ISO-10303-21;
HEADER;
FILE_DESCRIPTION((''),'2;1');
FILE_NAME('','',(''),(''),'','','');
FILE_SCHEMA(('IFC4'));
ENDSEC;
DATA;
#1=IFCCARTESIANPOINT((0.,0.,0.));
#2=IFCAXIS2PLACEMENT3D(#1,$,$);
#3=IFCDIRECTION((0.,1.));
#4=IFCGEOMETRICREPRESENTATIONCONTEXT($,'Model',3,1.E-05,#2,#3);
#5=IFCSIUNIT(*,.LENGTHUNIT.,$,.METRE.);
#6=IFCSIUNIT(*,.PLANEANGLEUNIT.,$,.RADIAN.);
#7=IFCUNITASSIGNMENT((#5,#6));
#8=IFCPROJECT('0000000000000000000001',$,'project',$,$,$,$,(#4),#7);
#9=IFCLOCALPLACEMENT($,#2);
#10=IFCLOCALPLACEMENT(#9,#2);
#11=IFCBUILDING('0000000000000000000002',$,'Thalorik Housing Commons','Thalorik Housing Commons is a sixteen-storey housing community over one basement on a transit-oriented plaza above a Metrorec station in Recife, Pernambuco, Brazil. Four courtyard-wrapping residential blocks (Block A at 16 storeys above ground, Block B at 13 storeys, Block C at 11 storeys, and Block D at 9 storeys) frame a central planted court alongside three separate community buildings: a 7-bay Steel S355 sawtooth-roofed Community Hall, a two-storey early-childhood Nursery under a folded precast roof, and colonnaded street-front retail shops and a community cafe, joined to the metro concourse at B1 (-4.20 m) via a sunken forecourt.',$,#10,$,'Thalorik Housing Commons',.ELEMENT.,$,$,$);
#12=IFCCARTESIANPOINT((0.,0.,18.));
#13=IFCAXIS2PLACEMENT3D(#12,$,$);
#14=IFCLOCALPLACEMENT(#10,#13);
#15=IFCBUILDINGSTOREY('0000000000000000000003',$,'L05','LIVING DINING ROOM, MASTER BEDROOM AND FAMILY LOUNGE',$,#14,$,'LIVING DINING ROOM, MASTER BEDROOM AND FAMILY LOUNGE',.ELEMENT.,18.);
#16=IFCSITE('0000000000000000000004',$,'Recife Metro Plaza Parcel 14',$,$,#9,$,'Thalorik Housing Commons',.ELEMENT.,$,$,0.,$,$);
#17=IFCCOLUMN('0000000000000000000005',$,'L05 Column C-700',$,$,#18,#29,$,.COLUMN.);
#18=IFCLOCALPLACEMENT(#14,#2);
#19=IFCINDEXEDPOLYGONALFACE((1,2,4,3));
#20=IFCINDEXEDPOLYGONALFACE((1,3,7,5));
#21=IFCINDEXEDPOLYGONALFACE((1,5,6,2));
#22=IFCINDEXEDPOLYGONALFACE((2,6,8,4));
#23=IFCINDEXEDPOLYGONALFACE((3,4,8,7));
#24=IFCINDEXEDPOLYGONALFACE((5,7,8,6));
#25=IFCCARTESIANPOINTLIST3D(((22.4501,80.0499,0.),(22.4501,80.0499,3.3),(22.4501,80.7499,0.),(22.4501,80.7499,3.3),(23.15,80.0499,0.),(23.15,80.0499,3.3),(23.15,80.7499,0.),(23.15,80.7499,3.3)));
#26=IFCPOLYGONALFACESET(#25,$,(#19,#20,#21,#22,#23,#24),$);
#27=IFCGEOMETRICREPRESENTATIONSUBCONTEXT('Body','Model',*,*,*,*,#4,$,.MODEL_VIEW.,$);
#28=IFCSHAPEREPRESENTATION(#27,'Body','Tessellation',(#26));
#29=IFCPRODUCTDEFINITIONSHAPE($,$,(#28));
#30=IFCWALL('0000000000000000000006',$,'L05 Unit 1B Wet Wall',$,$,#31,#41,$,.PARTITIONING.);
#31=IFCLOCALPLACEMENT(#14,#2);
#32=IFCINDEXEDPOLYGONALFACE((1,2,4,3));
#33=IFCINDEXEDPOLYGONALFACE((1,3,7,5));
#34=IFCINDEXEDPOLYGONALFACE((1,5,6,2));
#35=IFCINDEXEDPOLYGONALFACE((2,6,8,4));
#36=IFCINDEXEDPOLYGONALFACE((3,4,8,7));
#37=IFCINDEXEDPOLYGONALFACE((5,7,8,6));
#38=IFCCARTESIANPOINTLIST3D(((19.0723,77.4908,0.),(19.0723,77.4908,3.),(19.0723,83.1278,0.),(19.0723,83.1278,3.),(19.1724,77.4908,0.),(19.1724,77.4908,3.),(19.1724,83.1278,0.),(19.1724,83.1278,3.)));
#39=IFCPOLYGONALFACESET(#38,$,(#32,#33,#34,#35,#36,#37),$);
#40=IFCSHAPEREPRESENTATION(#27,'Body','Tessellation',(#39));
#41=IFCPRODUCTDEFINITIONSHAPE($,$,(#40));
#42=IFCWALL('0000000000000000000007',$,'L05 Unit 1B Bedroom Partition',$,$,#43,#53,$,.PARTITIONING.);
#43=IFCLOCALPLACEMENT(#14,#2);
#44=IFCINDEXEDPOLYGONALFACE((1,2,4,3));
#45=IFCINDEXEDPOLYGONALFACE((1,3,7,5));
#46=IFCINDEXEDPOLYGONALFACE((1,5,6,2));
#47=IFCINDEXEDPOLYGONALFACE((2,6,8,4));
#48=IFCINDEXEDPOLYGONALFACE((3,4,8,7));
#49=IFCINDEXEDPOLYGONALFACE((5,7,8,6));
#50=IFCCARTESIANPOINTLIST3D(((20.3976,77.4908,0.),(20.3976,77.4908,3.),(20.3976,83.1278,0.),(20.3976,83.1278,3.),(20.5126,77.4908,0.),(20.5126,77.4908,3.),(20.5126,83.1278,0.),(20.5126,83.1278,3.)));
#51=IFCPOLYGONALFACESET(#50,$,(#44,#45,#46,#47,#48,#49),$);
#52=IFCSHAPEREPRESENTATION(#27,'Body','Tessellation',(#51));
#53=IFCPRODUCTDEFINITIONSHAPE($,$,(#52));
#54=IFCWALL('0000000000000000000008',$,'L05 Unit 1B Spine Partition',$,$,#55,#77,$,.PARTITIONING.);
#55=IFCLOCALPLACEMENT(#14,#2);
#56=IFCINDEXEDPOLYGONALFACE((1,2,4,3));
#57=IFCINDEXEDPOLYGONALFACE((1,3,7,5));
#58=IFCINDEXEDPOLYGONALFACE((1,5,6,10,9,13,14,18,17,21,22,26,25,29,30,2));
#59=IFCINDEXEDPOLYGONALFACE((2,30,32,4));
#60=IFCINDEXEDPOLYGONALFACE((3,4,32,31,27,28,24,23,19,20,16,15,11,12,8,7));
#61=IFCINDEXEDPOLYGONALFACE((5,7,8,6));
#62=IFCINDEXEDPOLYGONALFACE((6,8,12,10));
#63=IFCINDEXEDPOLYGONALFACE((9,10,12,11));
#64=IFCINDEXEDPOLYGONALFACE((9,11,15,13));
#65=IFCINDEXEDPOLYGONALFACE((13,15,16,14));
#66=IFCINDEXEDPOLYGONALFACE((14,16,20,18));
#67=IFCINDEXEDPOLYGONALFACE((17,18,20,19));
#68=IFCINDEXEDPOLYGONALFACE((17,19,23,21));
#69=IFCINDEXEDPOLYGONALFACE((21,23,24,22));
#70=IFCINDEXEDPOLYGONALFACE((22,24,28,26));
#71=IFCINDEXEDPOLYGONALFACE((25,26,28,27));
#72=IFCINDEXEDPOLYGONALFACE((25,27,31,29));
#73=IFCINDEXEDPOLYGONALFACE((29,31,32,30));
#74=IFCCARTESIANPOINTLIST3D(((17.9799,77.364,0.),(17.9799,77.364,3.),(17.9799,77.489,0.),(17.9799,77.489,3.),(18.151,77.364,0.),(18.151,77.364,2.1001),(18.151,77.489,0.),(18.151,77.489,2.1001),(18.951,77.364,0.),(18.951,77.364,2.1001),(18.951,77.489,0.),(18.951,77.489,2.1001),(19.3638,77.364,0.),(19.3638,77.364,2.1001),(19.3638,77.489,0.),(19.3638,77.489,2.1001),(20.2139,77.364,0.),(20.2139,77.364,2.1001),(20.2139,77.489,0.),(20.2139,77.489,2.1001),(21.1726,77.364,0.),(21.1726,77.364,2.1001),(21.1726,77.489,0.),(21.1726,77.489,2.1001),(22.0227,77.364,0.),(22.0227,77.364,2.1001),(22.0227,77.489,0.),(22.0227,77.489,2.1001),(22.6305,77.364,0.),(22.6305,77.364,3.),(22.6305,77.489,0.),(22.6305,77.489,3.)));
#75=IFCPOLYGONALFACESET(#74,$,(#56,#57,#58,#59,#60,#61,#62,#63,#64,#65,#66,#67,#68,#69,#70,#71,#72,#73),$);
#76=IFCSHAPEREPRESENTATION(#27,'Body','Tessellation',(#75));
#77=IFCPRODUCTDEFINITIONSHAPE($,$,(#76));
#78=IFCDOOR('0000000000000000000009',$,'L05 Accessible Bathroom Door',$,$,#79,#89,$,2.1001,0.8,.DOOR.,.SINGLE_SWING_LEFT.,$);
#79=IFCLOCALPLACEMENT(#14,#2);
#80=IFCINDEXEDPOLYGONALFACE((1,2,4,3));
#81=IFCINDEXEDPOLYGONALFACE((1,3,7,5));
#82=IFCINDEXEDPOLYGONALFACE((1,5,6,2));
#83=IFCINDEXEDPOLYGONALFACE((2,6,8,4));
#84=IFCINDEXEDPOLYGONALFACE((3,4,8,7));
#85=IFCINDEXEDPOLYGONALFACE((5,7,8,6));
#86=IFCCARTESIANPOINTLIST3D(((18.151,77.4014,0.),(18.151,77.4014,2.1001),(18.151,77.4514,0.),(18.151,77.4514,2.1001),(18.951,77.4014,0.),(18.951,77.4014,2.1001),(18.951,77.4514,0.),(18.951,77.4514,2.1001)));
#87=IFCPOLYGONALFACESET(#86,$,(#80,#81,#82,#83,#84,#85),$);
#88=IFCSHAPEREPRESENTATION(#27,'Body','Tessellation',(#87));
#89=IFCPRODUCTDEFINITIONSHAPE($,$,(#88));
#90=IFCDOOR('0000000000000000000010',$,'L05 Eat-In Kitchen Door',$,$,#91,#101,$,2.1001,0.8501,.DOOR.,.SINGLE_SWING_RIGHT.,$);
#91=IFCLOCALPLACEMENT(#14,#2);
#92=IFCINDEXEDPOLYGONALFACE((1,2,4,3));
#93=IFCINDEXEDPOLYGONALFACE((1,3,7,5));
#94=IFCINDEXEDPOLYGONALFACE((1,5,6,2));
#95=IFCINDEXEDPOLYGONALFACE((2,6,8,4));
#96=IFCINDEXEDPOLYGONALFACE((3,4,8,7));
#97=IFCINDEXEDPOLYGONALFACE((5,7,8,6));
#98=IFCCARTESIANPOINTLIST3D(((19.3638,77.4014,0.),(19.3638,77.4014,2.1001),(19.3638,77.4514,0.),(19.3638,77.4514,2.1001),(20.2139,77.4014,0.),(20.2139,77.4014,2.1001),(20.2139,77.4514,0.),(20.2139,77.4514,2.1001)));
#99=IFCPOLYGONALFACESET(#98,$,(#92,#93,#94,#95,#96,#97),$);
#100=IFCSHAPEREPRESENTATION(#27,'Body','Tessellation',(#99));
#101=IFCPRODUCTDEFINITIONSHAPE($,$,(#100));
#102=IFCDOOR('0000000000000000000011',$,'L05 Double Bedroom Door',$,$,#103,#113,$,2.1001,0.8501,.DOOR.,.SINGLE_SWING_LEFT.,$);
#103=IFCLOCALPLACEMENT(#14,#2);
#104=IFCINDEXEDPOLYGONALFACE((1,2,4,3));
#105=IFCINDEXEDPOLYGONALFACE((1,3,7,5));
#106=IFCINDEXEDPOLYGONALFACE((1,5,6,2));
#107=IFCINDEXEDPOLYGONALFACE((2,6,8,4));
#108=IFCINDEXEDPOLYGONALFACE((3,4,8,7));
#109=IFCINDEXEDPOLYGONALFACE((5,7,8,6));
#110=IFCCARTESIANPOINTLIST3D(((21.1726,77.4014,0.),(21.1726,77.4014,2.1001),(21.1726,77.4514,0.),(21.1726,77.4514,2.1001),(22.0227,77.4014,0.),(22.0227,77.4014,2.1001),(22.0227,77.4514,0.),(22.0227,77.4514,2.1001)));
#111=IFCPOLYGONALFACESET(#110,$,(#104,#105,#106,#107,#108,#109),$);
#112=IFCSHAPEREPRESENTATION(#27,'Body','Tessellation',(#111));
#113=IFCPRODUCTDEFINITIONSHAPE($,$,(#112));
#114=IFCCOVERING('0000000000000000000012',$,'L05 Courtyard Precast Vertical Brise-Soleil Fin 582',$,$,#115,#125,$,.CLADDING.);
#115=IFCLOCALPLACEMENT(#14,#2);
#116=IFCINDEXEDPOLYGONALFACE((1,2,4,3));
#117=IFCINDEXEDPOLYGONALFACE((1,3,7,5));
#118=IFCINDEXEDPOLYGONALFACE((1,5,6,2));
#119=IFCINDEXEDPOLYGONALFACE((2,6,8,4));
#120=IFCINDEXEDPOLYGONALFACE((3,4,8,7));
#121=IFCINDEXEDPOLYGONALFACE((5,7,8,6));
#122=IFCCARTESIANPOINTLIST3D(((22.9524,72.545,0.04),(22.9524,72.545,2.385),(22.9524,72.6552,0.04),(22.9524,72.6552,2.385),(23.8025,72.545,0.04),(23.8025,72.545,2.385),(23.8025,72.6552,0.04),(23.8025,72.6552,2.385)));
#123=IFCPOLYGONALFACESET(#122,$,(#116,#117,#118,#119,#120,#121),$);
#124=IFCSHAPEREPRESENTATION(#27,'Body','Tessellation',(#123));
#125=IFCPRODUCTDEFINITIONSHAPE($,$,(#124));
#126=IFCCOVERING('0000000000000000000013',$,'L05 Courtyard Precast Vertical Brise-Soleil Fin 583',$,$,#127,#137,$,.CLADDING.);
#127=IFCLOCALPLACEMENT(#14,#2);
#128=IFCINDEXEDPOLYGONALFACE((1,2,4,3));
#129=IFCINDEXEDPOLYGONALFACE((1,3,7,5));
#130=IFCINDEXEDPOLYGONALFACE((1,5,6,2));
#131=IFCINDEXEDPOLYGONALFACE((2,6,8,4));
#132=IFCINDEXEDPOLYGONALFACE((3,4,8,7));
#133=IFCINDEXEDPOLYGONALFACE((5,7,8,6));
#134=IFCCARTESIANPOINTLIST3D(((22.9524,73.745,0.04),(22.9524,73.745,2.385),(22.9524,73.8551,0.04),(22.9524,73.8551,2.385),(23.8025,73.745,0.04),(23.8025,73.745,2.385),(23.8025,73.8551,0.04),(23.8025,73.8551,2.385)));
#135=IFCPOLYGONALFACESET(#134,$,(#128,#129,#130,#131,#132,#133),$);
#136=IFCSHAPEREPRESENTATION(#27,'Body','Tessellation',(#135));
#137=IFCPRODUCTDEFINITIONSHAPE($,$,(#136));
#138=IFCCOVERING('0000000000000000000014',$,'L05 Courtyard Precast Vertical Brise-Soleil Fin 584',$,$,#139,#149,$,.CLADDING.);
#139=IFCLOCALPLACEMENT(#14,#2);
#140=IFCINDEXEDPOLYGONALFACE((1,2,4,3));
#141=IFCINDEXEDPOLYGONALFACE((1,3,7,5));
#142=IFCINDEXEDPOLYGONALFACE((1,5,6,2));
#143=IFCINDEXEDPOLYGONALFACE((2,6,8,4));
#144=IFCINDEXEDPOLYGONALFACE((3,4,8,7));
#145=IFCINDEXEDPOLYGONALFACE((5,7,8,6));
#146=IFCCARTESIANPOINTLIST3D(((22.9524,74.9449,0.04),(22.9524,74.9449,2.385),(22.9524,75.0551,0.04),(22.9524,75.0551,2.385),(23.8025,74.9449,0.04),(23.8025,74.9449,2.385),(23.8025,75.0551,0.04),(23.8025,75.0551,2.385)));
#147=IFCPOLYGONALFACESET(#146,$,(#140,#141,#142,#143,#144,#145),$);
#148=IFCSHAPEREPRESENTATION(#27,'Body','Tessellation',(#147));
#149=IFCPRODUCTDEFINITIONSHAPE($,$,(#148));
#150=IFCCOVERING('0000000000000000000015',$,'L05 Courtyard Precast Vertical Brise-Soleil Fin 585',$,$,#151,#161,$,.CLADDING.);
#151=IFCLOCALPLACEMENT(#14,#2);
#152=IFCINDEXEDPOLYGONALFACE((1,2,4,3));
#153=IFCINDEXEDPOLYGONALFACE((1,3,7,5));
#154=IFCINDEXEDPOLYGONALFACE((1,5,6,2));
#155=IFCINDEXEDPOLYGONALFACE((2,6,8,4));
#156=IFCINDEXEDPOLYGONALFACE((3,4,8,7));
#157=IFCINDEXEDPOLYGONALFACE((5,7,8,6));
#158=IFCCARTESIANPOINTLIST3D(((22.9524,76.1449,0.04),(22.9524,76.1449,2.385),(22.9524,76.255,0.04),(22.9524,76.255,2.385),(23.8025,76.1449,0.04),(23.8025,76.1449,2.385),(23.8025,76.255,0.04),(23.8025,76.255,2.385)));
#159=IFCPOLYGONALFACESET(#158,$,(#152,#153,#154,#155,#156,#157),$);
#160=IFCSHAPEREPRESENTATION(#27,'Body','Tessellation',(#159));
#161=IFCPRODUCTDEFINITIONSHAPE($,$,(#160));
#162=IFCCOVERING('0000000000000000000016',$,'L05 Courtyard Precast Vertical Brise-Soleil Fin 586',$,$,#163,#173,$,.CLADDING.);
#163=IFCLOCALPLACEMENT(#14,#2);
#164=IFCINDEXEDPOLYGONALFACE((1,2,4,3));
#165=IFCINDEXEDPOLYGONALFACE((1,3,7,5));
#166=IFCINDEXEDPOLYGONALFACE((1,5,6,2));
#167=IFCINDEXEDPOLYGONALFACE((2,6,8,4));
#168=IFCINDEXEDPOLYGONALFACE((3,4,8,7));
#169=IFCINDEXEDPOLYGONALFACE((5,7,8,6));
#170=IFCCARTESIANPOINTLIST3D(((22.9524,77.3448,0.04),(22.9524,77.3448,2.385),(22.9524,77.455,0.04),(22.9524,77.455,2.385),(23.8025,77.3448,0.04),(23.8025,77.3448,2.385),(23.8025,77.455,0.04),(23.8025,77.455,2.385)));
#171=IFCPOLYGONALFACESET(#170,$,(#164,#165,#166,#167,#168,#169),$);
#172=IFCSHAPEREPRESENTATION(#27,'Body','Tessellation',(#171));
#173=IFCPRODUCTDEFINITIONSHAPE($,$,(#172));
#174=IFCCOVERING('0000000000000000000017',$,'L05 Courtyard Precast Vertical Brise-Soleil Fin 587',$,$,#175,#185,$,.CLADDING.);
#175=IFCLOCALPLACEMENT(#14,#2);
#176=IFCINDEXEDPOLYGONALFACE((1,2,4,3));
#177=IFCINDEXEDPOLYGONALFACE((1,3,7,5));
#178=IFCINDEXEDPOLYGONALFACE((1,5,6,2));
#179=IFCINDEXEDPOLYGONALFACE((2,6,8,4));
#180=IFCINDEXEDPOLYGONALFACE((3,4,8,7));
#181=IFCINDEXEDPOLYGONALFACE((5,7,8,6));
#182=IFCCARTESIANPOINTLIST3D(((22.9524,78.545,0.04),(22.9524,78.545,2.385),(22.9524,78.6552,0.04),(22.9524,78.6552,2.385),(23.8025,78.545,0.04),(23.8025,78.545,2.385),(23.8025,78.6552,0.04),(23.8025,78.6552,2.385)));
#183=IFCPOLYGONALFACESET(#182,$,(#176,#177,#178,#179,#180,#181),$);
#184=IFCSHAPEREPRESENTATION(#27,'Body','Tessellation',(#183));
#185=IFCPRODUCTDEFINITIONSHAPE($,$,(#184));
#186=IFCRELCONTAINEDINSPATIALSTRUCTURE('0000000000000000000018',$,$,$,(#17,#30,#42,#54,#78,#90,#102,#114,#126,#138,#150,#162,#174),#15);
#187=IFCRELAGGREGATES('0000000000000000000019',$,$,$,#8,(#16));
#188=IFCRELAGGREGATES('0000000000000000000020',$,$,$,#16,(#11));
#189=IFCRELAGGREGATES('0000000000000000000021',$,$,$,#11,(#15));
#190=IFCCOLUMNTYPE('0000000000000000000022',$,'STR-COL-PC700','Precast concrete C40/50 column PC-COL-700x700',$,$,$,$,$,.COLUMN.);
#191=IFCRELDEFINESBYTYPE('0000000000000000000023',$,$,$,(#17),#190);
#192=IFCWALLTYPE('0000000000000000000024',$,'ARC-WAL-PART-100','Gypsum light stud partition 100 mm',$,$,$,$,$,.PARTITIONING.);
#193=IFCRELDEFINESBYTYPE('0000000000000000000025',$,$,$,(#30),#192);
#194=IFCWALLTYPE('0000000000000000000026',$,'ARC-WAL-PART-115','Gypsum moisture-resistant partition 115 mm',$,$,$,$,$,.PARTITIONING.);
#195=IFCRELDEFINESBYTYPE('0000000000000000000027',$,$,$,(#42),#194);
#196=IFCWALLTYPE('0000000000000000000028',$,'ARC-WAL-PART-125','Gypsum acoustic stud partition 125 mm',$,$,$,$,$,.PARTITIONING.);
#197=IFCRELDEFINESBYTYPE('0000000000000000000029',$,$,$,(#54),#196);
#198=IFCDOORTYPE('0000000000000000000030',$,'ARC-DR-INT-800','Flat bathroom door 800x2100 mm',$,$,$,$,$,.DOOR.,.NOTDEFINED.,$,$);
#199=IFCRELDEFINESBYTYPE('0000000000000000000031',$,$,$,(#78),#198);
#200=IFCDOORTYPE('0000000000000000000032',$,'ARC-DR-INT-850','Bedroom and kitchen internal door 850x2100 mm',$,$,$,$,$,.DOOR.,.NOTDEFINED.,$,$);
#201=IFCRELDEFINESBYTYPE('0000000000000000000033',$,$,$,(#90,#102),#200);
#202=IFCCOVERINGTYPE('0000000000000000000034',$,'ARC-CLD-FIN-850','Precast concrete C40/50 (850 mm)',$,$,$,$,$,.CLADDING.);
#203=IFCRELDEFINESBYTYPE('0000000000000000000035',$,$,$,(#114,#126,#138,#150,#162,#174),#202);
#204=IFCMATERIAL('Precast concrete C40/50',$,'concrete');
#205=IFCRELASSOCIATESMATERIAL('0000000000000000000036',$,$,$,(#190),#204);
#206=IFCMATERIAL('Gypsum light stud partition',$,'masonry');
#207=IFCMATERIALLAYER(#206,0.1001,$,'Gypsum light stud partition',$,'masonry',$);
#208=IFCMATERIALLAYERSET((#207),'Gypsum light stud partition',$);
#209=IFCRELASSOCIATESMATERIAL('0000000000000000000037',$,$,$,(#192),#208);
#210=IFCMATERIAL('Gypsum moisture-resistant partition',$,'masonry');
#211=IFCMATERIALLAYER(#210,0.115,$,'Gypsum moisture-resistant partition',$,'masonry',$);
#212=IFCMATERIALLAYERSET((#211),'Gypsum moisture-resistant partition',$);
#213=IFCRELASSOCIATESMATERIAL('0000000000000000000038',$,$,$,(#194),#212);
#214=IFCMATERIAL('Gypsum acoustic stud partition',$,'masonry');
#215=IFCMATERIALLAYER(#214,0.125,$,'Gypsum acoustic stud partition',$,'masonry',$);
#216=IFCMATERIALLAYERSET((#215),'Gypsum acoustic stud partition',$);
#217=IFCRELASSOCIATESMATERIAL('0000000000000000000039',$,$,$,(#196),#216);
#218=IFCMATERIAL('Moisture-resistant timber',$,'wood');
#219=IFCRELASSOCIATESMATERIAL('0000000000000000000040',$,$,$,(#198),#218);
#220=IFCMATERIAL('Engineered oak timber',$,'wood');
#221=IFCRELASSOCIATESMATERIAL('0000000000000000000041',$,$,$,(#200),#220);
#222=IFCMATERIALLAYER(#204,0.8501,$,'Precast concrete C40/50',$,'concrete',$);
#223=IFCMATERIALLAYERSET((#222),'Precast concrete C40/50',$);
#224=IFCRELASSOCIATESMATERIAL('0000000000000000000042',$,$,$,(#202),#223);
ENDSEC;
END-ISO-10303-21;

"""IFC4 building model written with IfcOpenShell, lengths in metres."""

from ifc_helpers import new_model, si_unit, direction, frame, frame_2d, origin, origin_2d, place, context, subcontext, project, spatial, rectangle, extrude, material, layer, layer_set, material_profile, profile_set, type_object, element, fill, save


model = new_model("IFC4")

# Units and contexts
model_context = context("Model", 3, precision=1e-05, world=origin(), true_north=direction((0.0, 1.0)))
body_context = subcontext(model_context, "Body", "Model", "MODEL_VIEW")
ifc_project = project(units=[si_unit("LENGTHUNIT", "METRE"), si_unit("PLANEANGLEUNIT", "RADIAN")], contexts=[model_context])

# Site, building, storey
site_placement = place(None, origin())
site = spatial("IfcSite", under=ifc_project, at=site_placement, Name="Recife Metro Plaza Parcel 14", LongName="Thalorik Housing Commons", CompositionType="ELEMENT", RefElevation=0.0)
building_placement = place(site_placement, origin())
building = spatial("IfcBuilding", under=site, at=building_placement, Name="Thalorik Housing Commons", Description="Thalorik Housing Commons is a sixteen-storey housing community over one basement on a transit-oriented plaza above a Metrorec station in Recife, Pernambuco, Brazil. Four courtyard-wrapping residential blocks (Block A at 16 storeys above ground, Block B at 13 storeys, Block C at 11 storeys, and Block D at 9 storeys) frame a central planted court alongside three separate community buildings: a 7-bay Steel S355 sawtooth-roofed Community Hall, a two-storey early-childhood Nursery under a folded precast roof, and colonnaded street-front retail shops and a community cafe, joined to the metro concourse at B1 (-4.20 m) via a sunken forecourt.", LongName="Thalorik Housing Commons", CompositionType="ELEMENT")
storey_placement = place(building_placement, frame((0.0, 0.0, 18.0)))
storey = spatial("IfcBuildingStorey", under=building, at=storey_placement, Name="L05", Description="LIVING DINING ROOM, MASTER BEDROOM AND FAMILY LOUNGE", LongName="LIVING DINING ROOM, MASTER BEDROOM AND FAMILY LOUNGE", CompositionType="ELEMENT", Elevation=18.0)

# Column
ifc_material_1 = material(Name="Precast concrete C40/50", Category="concrete")
ifc_material_profile = material_profile(ifc_material_1, rectangle(XDim=0.7, YDim=0.7, at=origin_2d()), Name="PC 700x700", Category="concrete")
ifc_profile_set = profile_set([ifc_material_profile], Name="Precast concrete C40/50")
column_type = type_object("IfcColumnType", Name="STR-COL-PC700", Description="Precast concrete C40/50 column PC-COL-700x700", PredefinedType="COLUMN", material=ifc_profile_set)
column_placement = place(storey_placement, frame((22.8, 80.3999, 0.0), z_axis=(0.0, 0.0, 1.0), x_axis=(1.0, 0.0, 0.0)))
element("IfcColumn", 1, at=column_placement, inside=storey, type_object=column_type, Name="L05 Column C-700", PredefinedType="COLUMN", context=body_context, shape_type="SweptSolid", body=[
    extrude(rectangle(XDim=0.7, YDim=0.7, at=origin_2d()), origin(), (0.0, 0.0, 1.0), 3.3),
])

# Walls
ifc_material_2 = material(Name="Gypsum light stud partition", Category="masonry")
ifc_layer_1 = layer(ifc_material_2, 0.1001, Name="Gypsum light stud partition", Category="masonry")
ifc_layer_set_1 = layer_set([ifc_layer_1], Name="Gypsum light stud partition")
wall_type_1 = type_object("IfcWallType", Name="ARC-WAL-PART-100", Description="Gypsum light stud partition 100 mm", PredefinedType="PARTITIONING", material=ifc_layer_set_1)
wall_1_placement = place(storey_placement, frame((19.1223, 77.491, 0.0), z_axis=(0.0, 0.0, 1.0), x_axis=(0.0, 1.0, 0.0)))
element("IfcWall", 2, at=wall_1_placement, inside=storey, type_object=wall_type_1, Name="L05 Unit 1B Wet Wall", PredefinedType="PARTITIONING", context=body_context, shape_type="SweptSolid", body=[
    extrude(rectangle(XDim=5.637, YDim=0.1001, at=frame_2d((2.8184, 0.0))), origin(), (0.0, 0.0, 1.0), 3.0),
])
ifc_material_3 = material(Name="Gypsum moisture-resistant partition", Category="masonry")
ifc_layer_2 = layer(ifc_material_3, 0.115, Name="Gypsum moisture-resistant partition", Category="masonry")
ifc_layer_set_2 = layer_set([ifc_layer_2], Name="Gypsum moisture-resistant partition")
wall_type_2 = type_object("IfcWallType", Name="ARC-WAL-PART-115", Description="Gypsum moisture-resistant partition 115 mm", PredefinedType="PARTITIONING", material=ifc_layer_set_2)
wall_2_placement = place(storey_placement, frame((20.4551, 77.491, 0.0), z_axis=(0.0, 0.0, 1.0), x_axis=(0.0, 1.0, 0.0)))
element("IfcWall", 3, at=wall_2_placement, inside=storey, type_object=wall_type_2, Name="L05 Unit 1B Bedroom Partition", PredefinedType="PARTITIONING", context=body_context, shape_type="SweptSolid", body=[
    extrude(rectangle(XDim=5.637, YDim=0.115, at=frame_2d((2.8184, 0.0))), origin(), (0.0, 0.0, 1.0), 3.0),
])

# Wall, openings, doors
ifc_material_4 = material(Name="Gypsum acoustic stud partition", Category="masonry")
ifc_layer_3 = layer(ifc_material_4, 0.125, Name="Gypsum acoustic stud partition", Category="masonry")
ifc_layer_set_3 = layer_set([ifc_layer_3], Name="Gypsum acoustic stud partition")
wall_type_3 = type_object("IfcWallType", Name="ARC-WAL-PART-125", Description="Gypsum acoustic stud partition 125 mm", PredefinedType="PARTITIONING", material=ifc_layer_set_3)
wall_3_placement = place(storey_placement, frame((17.98, 77.4265, 0.0), z_axis=(0.0, 0.0, 1.0), x_axis=(1.0, 0.0, 0.0)))
wall_3 = element("IfcWall", 4, at=wall_3_placement, inside=storey, type_object=wall_type_3, Name="L05 Unit 1B Spine Partition", PredefinedType="PARTITIONING", context=body_context, shape_type="SweptSolid", body=[
    extrude(rectangle(XDim=4.6506, YDim=0.125, at=frame_2d((2.3252, 0.0))), origin(), (0.0, 0.0, 1.0), 3.0),
])
opening_1_placement = place(wall_3_placement, frame((0.1711, 0.0, 0.0)))
opening_1 = element("IfcOpeningElement", 5, at=opening_1_placement, cuts=wall_3, PredefinedType="OPENING", context=body_context, shape_type="SweptSolid", body=[
    extrude(rectangle(XDim=0.8, YDim=2.1001, at=frame_2d((0.3999, 1.05))), frame((0.0, 0.0725, 0.0), z_axis=(0.0, -1.0, 0.0), x_axis=(1.0, 0.0, 0.0)), (0.0, 0.0, 1.0), 0.145),
])
opening_2_placement = place(wall_3_placement, frame((1.3838, 0.0, 0.0)))
opening_2 = element("IfcOpeningElement", 6, at=opening_2_placement, cuts=wall_3, PredefinedType="OPENING", context=body_context, shape_type="SweptSolid", body=[
    extrude(rectangle(XDim=0.8501, YDim=2.1001, at=frame_2d((0.425, 1.05))), frame((0.0, 0.0725, 0.0), z_axis=(0.0, -1.0, 0.0), x_axis=(1.0, 0.0, 0.0)), (0.0, 0.0, 1.0), 0.145),
])
opening_3_placement = place(wall_3_placement, frame((3.1926, 0.0, 0.0)))
opening_3 = element("IfcOpeningElement", 7, at=opening_3_placement, cuts=wall_3, PredefinedType="OPENING", context=body_context, shape_type="SweptSolid", body=[
    extrude(rectangle(XDim=0.8501, YDim=2.1001, at=frame_2d((0.425, 1.05))), frame((0.0, 0.0725, 0.0), z_axis=(0.0, -1.0, 0.0), x_axis=(1.0, 0.0, 0.0)), (0.0, 0.0, 1.0), 0.145),
])
ifc_material_5 = material(Name="Moisture-resistant timber", Category="wood")
door_type_1 = type_object("IfcDoorType", Name="ARC-DR-INT-800", Description="Flat bathroom door 800x2100 mm", OperationType="NOTDEFINED", PredefinedType="DOOR", material=ifc_material_5)
door_1_placement = place(opening_1_placement, origin())
door_1 = element("IfcDoor", 8, at=door_1_placement, inside=storey, type_object=door_type_1, Name="L05 Accessible Bathroom Door", OperationType="SINGLE_SWING_LEFT", OverallHeight=2.1001, OverallWidth=0.8, PredefinedType="DOOR", context=body_context, shape_type="SweptSolid", body=[
    extrude(rectangle(XDim=0.8, YDim=2.1001, at=frame_2d((0.3999, 1.05))), frame((0.0, 0.0249, 0.0), z_axis=(0.0, -1.0, 0.0), x_axis=(1.0, 0.0, 0.0)), (0.0, 0.0, 1.0), 0.05),
])
fill(opening_1, door_1)
ifc_material_6 = material(Name="Engineered oak timber", Category="wood")
door_type_2 = type_object("IfcDoorType", Name="ARC-DR-INT-850", Description="Bedroom and kitchen internal door 850x2100 mm", OperationType="NOTDEFINED", PredefinedType="DOOR", material=ifc_material_6)
door_2_placement = place(opening_2_placement, origin())
door_2 = element("IfcDoor", 9, at=door_2_placement, inside=storey, type_object=door_type_2, Name="L05 Eat-In Kitchen Door", OperationType="SINGLE_SWING_RIGHT", OverallHeight=2.1001, OverallWidth=0.8501, PredefinedType="DOOR", context=body_context, shape_type="SweptSolid", body=[
    extrude(rectangle(XDim=0.8501, YDim=2.1001, at=frame_2d((0.425, 1.05))), frame((0.0, 0.0249, 0.0), z_axis=(0.0, -1.0, 0.0), x_axis=(1.0, 0.0, 0.0)), (0.0, 0.0, 1.0), 0.05),
])
fill(opening_2, door_2)
door_3_placement = place(opening_3_placement, origin())
door_3 = element("IfcDoor", 10, at=door_3_placement, inside=storey, type_object=door_type_2, Name="L05 Double Bedroom Door", OperationType="SINGLE_SWING_LEFT", OverallHeight=2.1001, OverallWidth=0.8501, PredefinedType="DOOR", context=body_context, shape_type="SweptSolid", body=[
    extrude(rectangle(XDim=0.8501, YDim=2.1001, at=frame_2d((0.425, 1.05))), frame((0.0, 0.0249, 0.0), z_axis=(0.0, -1.0, 0.0), x_axis=(1.0, 0.0, 0.0)), (0.0, 0.0, 1.0), 0.05),
])
fill(opening_3, door_3)

# Coverings
ifc_layer_4 = layer(ifc_material_1, 0.8501, Name="Precast concrete C40/50", Category="concrete")
ifc_layer_set_4 = layer_set([ifc_layer_4], Name="Precast concrete C40/50")
covering_type_1 = type_object("IfcCoveringType", Name="ARC-CLD-FIN-850", Description="Precast concrete C40/50 (850 mm)", PredefinedType="CLADDING", material=ifc_layer_set_4)
for number, where, z_axis, x_axis, name in (
    (11, (23.3774, 72.6001, 0.04), (0.0, 0.0, 1.0), (0.0, 1.0, 0.0), "L05 Courtyard Precast Vertical Brise-Soleil Fin 582"),
    (12, (23.3774, 73.8, 0.04), (0.0, 0.0, 1.0), (0.0, 1.0, 0.0), "L05 Courtyard Precast Vertical Brise-Soleil Fin 583"),
    (13, (23.3774, 75.0, 0.04), (0.0, 0.0, 1.0), (0.0, 1.0, 0.0), "L05 Courtyard Precast Vertical Brise-Soleil Fin 584"),
    (14, (23.3774, 76.2, 0.04), (0.0, 0.0, 1.0), (0.0, 1.0, 0.0), "L05 Courtyard Precast Vertical Brise-Soleil Fin 585"),
    (15, (23.3774, 77.3999, 0.04), (0.0, 0.0, 1.0), (0.0, 1.0, 0.0), "L05 Courtyard Precast Vertical Brise-Soleil Fin 586"),
    (16, (23.3774, 78.6001, 0.04), (0.0, 0.0, 1.0), (0.0, 1.0, 0.0), "L05 Courtyard Precast Vertical Brise-Soleil Fin 587"),
):
    element("IfcCovering", number, at=place(storey_placement, frame(where, z_axis=z_axis, x_axis=x_axis)), inside=storey, type_object=covering_type_1, Name=name, PredefinedType="CLADDING", context=body_context, shape_type="SweptSolid", body=[
        extrude(rectangle(XDim=0.1101, YDim=0.8501, at=origin_2d()), origin(), (0.0, 0.0, 1.0), 2.345),
    ])

save(model, "model.ifc")
